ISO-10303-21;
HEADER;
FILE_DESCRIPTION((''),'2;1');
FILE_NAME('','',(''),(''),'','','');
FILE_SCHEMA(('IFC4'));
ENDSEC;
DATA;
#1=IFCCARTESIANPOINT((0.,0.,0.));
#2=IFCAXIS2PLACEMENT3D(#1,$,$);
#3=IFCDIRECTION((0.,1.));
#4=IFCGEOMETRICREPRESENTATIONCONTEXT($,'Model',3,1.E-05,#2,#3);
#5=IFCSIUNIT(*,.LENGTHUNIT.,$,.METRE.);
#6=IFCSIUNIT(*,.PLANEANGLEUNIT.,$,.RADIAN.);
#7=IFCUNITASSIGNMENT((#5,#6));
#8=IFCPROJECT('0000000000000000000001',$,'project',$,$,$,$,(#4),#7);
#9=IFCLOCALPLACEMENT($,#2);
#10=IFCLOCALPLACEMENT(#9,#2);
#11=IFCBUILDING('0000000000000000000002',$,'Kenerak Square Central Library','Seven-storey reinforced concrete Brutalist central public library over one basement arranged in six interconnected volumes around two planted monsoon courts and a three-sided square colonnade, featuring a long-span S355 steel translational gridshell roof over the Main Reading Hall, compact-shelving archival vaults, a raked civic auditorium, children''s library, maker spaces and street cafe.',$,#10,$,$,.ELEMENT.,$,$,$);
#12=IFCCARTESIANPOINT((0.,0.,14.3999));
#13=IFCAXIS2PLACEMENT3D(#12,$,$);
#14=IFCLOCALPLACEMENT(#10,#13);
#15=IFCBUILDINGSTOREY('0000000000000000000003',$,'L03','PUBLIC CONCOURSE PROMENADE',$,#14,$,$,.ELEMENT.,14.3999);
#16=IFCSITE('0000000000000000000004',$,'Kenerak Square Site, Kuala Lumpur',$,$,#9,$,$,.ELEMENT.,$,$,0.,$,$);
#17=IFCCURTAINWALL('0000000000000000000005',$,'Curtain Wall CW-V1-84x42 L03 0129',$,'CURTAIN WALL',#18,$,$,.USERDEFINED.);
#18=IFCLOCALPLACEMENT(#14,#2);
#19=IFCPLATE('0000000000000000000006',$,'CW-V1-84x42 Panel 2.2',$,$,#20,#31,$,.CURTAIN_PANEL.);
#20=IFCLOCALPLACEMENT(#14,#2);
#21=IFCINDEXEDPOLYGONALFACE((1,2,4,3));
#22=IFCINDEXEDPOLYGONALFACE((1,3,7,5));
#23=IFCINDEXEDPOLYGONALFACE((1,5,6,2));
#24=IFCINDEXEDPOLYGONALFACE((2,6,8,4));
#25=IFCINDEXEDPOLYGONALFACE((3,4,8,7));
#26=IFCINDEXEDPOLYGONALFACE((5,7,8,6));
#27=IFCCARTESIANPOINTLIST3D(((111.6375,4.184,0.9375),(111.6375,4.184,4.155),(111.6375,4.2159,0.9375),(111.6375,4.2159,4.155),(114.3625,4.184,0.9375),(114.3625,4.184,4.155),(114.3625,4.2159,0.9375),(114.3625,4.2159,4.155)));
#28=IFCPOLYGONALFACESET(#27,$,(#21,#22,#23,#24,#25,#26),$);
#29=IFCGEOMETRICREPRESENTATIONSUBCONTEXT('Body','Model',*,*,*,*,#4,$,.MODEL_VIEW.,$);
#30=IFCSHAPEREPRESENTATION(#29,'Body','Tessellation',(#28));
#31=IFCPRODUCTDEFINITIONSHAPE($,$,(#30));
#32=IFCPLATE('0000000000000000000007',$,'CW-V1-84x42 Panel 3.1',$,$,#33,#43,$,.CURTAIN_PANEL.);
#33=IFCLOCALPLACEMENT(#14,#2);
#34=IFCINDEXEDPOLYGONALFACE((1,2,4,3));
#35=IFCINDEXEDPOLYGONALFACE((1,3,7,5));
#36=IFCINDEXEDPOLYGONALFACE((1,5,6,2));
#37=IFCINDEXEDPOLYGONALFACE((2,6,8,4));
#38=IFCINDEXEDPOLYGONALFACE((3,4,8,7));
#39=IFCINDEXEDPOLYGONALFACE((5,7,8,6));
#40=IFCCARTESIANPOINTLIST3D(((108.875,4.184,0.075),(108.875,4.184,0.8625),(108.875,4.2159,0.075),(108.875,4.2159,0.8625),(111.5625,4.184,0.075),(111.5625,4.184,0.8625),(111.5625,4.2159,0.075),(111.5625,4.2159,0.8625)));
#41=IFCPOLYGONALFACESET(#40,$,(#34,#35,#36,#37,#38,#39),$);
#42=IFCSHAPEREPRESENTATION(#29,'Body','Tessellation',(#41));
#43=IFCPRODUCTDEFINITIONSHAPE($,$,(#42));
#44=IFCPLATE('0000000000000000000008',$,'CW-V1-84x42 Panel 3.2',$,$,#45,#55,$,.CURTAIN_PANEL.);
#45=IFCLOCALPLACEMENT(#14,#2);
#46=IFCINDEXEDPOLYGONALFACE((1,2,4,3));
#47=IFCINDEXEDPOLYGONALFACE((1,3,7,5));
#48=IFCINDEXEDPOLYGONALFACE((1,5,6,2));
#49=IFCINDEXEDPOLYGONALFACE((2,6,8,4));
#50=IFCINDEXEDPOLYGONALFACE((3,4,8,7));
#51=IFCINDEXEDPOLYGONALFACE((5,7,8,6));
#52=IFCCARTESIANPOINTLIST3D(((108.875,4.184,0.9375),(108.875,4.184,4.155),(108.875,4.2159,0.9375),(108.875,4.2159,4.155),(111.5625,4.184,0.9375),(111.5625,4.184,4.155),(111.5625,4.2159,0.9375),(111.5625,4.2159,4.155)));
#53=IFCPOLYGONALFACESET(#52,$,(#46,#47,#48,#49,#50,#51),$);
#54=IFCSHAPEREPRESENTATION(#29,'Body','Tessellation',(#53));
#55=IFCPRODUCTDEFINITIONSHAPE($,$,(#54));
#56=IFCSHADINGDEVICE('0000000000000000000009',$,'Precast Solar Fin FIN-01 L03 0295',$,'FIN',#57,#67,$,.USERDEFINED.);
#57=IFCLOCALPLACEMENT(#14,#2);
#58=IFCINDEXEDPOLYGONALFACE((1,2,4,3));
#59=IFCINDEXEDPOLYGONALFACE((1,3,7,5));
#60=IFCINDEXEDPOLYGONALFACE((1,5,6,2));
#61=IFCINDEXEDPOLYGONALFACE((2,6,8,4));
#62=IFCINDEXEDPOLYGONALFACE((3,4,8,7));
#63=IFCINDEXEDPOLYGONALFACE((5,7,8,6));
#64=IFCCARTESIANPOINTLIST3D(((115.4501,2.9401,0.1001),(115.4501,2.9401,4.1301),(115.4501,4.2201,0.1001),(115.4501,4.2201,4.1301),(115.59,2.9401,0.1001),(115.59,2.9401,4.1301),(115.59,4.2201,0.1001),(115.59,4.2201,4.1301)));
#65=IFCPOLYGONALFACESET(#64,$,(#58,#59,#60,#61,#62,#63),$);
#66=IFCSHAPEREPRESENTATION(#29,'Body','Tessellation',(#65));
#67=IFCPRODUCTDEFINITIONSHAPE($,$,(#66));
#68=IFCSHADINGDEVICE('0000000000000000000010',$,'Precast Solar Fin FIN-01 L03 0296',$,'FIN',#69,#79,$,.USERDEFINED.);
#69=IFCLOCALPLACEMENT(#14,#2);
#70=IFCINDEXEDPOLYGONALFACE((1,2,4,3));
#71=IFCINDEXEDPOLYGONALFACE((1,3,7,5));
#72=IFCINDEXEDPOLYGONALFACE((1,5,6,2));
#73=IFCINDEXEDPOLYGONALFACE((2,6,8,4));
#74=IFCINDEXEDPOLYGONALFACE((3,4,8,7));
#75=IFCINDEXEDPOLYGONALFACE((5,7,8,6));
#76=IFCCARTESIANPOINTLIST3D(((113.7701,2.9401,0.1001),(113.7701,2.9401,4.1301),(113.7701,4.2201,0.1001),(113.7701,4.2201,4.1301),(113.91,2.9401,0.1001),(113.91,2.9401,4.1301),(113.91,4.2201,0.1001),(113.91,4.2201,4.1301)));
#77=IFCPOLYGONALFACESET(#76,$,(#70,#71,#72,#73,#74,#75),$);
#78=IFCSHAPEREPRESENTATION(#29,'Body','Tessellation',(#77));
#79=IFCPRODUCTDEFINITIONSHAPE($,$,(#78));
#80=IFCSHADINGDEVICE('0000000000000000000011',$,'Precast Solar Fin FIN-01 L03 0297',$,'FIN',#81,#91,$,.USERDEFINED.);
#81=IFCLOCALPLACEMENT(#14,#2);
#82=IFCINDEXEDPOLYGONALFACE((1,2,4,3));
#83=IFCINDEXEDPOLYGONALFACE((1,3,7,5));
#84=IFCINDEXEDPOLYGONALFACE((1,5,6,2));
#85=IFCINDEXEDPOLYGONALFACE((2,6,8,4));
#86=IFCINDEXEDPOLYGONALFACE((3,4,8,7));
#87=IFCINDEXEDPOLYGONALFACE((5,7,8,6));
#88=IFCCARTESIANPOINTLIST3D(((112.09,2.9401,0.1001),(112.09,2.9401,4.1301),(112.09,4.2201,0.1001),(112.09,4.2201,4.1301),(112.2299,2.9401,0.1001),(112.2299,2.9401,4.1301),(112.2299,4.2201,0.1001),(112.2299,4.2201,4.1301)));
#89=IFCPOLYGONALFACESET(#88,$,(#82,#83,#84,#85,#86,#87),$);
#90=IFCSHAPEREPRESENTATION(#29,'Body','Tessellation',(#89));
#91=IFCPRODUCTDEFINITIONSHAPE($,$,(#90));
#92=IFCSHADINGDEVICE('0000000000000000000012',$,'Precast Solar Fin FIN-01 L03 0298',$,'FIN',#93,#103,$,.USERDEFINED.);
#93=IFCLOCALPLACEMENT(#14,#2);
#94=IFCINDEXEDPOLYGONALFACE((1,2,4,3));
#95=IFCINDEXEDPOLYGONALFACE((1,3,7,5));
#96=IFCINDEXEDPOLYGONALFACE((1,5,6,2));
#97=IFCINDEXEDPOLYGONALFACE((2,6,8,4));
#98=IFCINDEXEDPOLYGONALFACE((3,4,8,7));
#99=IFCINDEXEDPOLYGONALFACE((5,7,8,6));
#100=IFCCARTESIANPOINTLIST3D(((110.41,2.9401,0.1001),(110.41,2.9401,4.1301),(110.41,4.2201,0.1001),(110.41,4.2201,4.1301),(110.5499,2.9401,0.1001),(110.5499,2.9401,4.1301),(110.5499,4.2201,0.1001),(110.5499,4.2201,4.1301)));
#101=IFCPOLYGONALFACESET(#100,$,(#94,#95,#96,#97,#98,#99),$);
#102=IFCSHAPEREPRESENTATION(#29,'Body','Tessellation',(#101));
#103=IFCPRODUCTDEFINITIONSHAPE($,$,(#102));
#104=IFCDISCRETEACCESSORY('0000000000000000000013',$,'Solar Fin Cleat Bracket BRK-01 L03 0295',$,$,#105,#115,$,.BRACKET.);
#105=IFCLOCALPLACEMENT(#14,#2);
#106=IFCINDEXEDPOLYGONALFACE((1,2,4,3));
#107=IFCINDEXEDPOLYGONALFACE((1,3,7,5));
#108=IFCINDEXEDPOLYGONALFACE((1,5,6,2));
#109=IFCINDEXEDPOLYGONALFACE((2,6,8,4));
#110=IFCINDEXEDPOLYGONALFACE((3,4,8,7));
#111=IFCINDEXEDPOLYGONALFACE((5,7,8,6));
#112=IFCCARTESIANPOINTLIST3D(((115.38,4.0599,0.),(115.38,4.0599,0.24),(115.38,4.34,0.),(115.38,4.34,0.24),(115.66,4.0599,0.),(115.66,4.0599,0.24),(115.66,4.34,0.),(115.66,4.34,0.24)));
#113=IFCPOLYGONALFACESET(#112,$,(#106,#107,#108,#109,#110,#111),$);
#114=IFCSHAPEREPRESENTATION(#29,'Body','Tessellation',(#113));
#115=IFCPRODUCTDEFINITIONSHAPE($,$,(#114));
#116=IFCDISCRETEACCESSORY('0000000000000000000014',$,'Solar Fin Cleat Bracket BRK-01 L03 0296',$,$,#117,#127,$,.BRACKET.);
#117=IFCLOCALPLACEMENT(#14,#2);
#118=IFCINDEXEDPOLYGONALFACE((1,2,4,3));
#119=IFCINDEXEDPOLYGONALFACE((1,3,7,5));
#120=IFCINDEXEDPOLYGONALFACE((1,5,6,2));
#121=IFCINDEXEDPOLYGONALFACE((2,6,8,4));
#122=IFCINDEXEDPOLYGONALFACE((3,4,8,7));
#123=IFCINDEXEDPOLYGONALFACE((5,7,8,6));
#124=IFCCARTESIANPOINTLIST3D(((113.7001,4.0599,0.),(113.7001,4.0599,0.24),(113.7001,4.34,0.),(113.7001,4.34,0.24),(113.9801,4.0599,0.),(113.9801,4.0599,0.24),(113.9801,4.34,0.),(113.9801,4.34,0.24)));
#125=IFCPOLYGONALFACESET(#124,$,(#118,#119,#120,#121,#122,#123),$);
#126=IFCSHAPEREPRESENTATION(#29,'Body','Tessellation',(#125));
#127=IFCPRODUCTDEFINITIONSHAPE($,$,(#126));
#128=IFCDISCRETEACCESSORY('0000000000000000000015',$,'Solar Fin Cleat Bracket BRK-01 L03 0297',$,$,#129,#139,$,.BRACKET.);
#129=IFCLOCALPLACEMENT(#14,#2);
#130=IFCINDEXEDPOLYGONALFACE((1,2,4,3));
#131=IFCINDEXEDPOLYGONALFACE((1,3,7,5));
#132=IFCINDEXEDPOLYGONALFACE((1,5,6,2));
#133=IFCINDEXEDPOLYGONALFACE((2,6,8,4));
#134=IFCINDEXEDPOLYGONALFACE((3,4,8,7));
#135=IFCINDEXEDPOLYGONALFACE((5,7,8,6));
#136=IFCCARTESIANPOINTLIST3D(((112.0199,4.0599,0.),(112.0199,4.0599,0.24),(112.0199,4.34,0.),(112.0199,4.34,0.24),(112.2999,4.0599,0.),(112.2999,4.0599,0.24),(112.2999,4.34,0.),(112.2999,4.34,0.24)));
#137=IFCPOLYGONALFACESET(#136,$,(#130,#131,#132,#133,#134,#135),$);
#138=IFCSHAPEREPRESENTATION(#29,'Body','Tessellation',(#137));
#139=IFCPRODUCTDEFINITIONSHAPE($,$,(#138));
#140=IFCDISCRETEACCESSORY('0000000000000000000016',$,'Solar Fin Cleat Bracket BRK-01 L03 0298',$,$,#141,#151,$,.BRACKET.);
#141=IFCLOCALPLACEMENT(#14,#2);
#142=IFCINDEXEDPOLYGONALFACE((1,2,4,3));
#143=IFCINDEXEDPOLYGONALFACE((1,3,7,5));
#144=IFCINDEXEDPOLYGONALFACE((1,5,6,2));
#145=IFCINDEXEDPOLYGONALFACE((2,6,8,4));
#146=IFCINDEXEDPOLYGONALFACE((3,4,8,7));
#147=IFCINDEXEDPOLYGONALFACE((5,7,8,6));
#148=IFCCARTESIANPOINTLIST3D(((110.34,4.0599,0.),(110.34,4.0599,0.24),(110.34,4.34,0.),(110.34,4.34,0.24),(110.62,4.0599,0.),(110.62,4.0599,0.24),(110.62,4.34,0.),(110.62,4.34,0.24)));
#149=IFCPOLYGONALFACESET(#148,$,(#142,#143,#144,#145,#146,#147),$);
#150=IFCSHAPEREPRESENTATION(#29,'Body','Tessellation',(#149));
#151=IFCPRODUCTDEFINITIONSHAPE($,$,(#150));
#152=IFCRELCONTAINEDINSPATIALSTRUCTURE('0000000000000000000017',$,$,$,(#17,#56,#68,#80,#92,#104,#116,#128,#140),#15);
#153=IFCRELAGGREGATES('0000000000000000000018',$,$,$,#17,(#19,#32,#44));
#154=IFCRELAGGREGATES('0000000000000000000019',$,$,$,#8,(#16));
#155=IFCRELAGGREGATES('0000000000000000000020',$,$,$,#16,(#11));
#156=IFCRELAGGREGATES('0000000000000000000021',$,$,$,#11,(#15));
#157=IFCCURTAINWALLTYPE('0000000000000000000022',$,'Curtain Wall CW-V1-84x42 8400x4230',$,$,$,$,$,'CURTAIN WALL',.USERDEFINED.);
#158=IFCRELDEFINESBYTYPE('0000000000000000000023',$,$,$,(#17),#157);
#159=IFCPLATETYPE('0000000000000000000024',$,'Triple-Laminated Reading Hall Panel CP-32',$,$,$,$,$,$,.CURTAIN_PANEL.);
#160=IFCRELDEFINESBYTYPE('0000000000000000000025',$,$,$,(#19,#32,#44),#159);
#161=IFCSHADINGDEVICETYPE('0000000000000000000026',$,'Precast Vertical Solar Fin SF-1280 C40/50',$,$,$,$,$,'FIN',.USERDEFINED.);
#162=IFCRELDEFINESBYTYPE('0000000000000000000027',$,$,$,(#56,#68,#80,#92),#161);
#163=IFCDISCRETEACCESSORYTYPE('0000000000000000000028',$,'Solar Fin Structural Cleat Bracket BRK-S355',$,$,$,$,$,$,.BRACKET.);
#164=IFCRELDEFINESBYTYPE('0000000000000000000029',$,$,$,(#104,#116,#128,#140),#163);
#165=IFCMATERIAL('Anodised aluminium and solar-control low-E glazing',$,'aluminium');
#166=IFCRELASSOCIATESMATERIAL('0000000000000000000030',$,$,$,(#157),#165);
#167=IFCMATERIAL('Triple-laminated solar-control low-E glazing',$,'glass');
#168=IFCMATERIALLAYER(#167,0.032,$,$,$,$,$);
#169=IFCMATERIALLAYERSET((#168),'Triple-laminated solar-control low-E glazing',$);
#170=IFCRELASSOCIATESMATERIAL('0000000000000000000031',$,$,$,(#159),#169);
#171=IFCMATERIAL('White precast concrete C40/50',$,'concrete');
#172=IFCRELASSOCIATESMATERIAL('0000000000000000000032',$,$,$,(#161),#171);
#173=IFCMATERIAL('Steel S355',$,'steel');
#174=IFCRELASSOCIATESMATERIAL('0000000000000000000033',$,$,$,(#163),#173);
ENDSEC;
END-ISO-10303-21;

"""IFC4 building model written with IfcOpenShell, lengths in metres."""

from ifc_helpers import new_model, si_unit, direction, frame, origin, origin_2d, place, context, subcontext, project, spatial, rectangle, extrude, material, layer, layer_set, type_object, element, aggregate, save


model = new_model("IFC4")

# Units and contexts
model_context = context("Model", 3, precision=1e-05, world=origin(), true_north=direction((0.0, 1.0)))
body_context = subcontext(model_context, "Body", "Model", "MODEL_VIEW")
ifc_project = project(units=[si_unit("LENGTHUNIT", "METRE"), si_unit("PLANEANGLEUNIT", "RADIAN")], contexts=[model_context])

# Site, building, storey
site_placement = place(None, origin())
site = spatial("IfcSite", under=ifc_project, at=site_placement, Name="Kenerak Square Site, Kuala Lumpur", CompositionType="ELEMENT", RefElevation=0.0)
building_placement = place(site_placement, origin())
building = spatial("IfcBuilding", under=site, at=building_placement, Name="Kenerak Square Central Library", Description="Seven-storey reinforced concrete Brutalist central public library over one basement arranged in six interconnected volumes around two planted monsoon courts and a three-sided square colonnade, featuring a long-span S355 steel translational gridshell roof over the Main Reading Hall, compact-shelving archival vaults, a raked civic auditorium, children's library, maker spaces and street cafe.", CompositionType="ELEMENT")
storey_placement = place(building_placement, frame((0.0, 0.0, 14.3999)))
storey = spatial("IfcBuildingStorey", under=building, at=storey_placement, Name="L03", Description="PUBLIC CONCOURSE PROMENADE", CompositionType="ELEMENT", Elevation=14.3999)

# Curtain wall, plates
ifc_material_1 = material(Name="Anodised aluminium and solar-control low-E glazing", Category="aluminium")
curtain_wall_type = type_object("IfcCurtainWallType", Name="Curtain Wall CW-V1-84x42 8400x4230", ElementType="CURTAIN WALL", PredefinedType="USERDEFINED", material=ifc_material_1)
curtain_wall_placement = place(storey_placement, origin())
curtain_wall = element("IfcCurtainWall", 1, at=curtain_wall_placement, inside=storey, type_object=curtain_wall_type, Name="Curtain Wall CW-V1-84x42 L03 0129", ObjectType="CURTAIN WALL", PredefinedType="USERDEFINED")
ifc_material_2 = material(Name="Triple-laminated solar-control low-E glazing", Category="glass")
ifc_layer = layer(ifc_material_2, 0.032)
ifc_layer_set = layer_set([ifc_layer], Name="Triple-laminated solar-control low-E glazing")
plate_type = type_object("IfcPlateType", Name="Triple-Laminated Reading Hall Panel CP-32", PredefinedType="CURTAIN_PANEL", material=ifc_layer_set)
plate_1_placement = place(storey_placement, frame((113.0, 4.2, 0.9375), z_axis=(0.0, 0.0, 1.0), x_axis=(-1.0, 0.0, 0.0)))
plate_1 = element("IfcPlate", 2, at=plate_1_placement, type_object=plate_type, Name="CW-V1-84x42 Panel 2.2", PredefinedType="CURTAIN_PANEL", context=body_context, shape_type="SweptSolid", body=[
    extrude(rectangle(XDim=2.7251, YDim=0.032, at=origin_2d()), origin(), (0.0, 0.0, 1.0), 3.2175),
])
plate_2_placement = place(storey_placement, frame((110.2188, 4.2, 0.075), z_axis=(0.0, 0.0, 1.0), x_axis=(-1.0, 0.0, 0.0)))
plate_2 = element("IfcPlate", 3, at=plate_2_placement, type_object=plate_type, Name="CW-V1-84x42 Panel 3.1", PredefinedType="CURTAIN_PANEL", context=body_context, shape_type="SweptSolid", body=[
    extrude(rectangle(XDim=2.6875, YDim=0.032, at=origin_2d()), origin(), (0.0, 0.0, 1.0), 0.7876),
])
plate_3_placement = place(storey_placement, frame((110.2188, 4.2, 0.9375), z_axis=(0.0, 0.0, 1.0), x_axis=(-1.0, 0.0, 0.0)))
plate_3 = element("IfcPlate", 4, at=plate_3_placement, type_object=plate_type, Name="CW-V1-84x42 Panel 3.2", PredefinedType="CURTAIN_PANEL", context=body_context, shape_type="SweptSolid", body=[
    extrude(rectangle(XDim=2.6875, YDim=0.032, at=origin_2d()), origin(), (0.0, 0.0, 1.0), 3.2175),
])
aggregate(curtain_wall, [plate_1, plate_2, plate_3])

# Shading devices
ifc_material_3 = material(Name="White precast concrete C40/50", Category="concrete")
shading_device_type = type_object("IfcShadingDeviceType", Name="Precast Vertical Solar Fin SF-1280 C40/50", ElementType="FIN", PredefinedType="USERDEFINED", material=ifc_material_3)
for number, where, z_axis, x_axis, name in (
    (5, (115.52, 3.5801, 0.1001), (0.0, 0.0, 1.0), (-1.0, 0.0, 0.0), "Precast Solar Fin FIN-01 L03 0295"),
    (6, (113.8401, 3.5801, 0.1001), (0.0, 0.0, 1.0), (-1.0, 0.0, 0.0), "Precast Solar Fin FIN-01 L03 0296"),
    (7, (112.1599, 3.5801, 0.1001), (0.0, 0.0, 1.0), (-1.0, 0.0, 0.0), "Precast Solar Fin FIN-01 L03 0297"),
    (8, (110.48, 3.5801, 0.1001), (0.0, 0.0, 1.0), (-1.0, 0.0, 0.0), "Precast Solar Fin FIN-01 L03 0298"),
):
    element("IfcShadingDevice", number, at=place(storey_placement, frame(where, z_axis=z_axis, x_axis=x_axis)), inside=storey, type_object=shading_device_type, Name=name, ObjectType="FIN", PredefinedType="USERDEFINED", context=body_context, shape_type="SweptSolid", body=[
        extrude(rectangle(XDim=0.1399, YDim=1.28, at=origin_2d()), origin(), (0.0, 0.0, 1.0), 4.03),
    ])

# Discrete accessories
ifc_material_4 = material(Name="Steel S355", Category="steel")
discrete_accessory_type = type_object("IfcDiscreteAccessoryType", Name="Solar Fin Structural Cleat Bracket BRK-S355", PredefinedType="BRACKET", material=ifc_material_4)
for number, where, z_axis, x_axis, name in (
    (9, (115.52, 4.2, 0.0), (0.0, 0.0, 1.0), (-1.0, 0.0, 0.0), "Solar Fin Cleat Bracket BRK-01 L03 0295"),
    (10, (113.8401, 4.2, 0.0), (0.0, 0.0, 1.0), (-1.0, 0.0, 0.0), "Solar Fin Cleat Bracket BRK-01 L03 0296"),
    (11, (112.1599, 4.2, 0.0), (0.0, 0.0, 1.0), (-1.0, 0.0, 0.0), "Solar Fin Cleat Bracket BRK-01 L03 0297"),
    (12, (110.48, 4.2, 0.0), (0.0, 0.0, 1.0), (-1.0, 0.0, 0.0), "Solar Fin Cleat Bracket BRK-01 L03 0298"),
):
    element("IfcDiscreteAccessory", number, at=place(storey_placement, frame(where, z_axis=z_axis, x_axis=x_axis)), inside=storey, type_object=discrete_accessory_type, Name=name, PredefinedType="BRACKET", context=body_context, shape_type="SweptSolid", body=[
        extrude(rectangle(XDim=0.28, YDim=0.28, at=origin_2d()), origin(), (0.0, 0.0, 1.0), 0.24),
    ])

save(model, "model.ifc")
